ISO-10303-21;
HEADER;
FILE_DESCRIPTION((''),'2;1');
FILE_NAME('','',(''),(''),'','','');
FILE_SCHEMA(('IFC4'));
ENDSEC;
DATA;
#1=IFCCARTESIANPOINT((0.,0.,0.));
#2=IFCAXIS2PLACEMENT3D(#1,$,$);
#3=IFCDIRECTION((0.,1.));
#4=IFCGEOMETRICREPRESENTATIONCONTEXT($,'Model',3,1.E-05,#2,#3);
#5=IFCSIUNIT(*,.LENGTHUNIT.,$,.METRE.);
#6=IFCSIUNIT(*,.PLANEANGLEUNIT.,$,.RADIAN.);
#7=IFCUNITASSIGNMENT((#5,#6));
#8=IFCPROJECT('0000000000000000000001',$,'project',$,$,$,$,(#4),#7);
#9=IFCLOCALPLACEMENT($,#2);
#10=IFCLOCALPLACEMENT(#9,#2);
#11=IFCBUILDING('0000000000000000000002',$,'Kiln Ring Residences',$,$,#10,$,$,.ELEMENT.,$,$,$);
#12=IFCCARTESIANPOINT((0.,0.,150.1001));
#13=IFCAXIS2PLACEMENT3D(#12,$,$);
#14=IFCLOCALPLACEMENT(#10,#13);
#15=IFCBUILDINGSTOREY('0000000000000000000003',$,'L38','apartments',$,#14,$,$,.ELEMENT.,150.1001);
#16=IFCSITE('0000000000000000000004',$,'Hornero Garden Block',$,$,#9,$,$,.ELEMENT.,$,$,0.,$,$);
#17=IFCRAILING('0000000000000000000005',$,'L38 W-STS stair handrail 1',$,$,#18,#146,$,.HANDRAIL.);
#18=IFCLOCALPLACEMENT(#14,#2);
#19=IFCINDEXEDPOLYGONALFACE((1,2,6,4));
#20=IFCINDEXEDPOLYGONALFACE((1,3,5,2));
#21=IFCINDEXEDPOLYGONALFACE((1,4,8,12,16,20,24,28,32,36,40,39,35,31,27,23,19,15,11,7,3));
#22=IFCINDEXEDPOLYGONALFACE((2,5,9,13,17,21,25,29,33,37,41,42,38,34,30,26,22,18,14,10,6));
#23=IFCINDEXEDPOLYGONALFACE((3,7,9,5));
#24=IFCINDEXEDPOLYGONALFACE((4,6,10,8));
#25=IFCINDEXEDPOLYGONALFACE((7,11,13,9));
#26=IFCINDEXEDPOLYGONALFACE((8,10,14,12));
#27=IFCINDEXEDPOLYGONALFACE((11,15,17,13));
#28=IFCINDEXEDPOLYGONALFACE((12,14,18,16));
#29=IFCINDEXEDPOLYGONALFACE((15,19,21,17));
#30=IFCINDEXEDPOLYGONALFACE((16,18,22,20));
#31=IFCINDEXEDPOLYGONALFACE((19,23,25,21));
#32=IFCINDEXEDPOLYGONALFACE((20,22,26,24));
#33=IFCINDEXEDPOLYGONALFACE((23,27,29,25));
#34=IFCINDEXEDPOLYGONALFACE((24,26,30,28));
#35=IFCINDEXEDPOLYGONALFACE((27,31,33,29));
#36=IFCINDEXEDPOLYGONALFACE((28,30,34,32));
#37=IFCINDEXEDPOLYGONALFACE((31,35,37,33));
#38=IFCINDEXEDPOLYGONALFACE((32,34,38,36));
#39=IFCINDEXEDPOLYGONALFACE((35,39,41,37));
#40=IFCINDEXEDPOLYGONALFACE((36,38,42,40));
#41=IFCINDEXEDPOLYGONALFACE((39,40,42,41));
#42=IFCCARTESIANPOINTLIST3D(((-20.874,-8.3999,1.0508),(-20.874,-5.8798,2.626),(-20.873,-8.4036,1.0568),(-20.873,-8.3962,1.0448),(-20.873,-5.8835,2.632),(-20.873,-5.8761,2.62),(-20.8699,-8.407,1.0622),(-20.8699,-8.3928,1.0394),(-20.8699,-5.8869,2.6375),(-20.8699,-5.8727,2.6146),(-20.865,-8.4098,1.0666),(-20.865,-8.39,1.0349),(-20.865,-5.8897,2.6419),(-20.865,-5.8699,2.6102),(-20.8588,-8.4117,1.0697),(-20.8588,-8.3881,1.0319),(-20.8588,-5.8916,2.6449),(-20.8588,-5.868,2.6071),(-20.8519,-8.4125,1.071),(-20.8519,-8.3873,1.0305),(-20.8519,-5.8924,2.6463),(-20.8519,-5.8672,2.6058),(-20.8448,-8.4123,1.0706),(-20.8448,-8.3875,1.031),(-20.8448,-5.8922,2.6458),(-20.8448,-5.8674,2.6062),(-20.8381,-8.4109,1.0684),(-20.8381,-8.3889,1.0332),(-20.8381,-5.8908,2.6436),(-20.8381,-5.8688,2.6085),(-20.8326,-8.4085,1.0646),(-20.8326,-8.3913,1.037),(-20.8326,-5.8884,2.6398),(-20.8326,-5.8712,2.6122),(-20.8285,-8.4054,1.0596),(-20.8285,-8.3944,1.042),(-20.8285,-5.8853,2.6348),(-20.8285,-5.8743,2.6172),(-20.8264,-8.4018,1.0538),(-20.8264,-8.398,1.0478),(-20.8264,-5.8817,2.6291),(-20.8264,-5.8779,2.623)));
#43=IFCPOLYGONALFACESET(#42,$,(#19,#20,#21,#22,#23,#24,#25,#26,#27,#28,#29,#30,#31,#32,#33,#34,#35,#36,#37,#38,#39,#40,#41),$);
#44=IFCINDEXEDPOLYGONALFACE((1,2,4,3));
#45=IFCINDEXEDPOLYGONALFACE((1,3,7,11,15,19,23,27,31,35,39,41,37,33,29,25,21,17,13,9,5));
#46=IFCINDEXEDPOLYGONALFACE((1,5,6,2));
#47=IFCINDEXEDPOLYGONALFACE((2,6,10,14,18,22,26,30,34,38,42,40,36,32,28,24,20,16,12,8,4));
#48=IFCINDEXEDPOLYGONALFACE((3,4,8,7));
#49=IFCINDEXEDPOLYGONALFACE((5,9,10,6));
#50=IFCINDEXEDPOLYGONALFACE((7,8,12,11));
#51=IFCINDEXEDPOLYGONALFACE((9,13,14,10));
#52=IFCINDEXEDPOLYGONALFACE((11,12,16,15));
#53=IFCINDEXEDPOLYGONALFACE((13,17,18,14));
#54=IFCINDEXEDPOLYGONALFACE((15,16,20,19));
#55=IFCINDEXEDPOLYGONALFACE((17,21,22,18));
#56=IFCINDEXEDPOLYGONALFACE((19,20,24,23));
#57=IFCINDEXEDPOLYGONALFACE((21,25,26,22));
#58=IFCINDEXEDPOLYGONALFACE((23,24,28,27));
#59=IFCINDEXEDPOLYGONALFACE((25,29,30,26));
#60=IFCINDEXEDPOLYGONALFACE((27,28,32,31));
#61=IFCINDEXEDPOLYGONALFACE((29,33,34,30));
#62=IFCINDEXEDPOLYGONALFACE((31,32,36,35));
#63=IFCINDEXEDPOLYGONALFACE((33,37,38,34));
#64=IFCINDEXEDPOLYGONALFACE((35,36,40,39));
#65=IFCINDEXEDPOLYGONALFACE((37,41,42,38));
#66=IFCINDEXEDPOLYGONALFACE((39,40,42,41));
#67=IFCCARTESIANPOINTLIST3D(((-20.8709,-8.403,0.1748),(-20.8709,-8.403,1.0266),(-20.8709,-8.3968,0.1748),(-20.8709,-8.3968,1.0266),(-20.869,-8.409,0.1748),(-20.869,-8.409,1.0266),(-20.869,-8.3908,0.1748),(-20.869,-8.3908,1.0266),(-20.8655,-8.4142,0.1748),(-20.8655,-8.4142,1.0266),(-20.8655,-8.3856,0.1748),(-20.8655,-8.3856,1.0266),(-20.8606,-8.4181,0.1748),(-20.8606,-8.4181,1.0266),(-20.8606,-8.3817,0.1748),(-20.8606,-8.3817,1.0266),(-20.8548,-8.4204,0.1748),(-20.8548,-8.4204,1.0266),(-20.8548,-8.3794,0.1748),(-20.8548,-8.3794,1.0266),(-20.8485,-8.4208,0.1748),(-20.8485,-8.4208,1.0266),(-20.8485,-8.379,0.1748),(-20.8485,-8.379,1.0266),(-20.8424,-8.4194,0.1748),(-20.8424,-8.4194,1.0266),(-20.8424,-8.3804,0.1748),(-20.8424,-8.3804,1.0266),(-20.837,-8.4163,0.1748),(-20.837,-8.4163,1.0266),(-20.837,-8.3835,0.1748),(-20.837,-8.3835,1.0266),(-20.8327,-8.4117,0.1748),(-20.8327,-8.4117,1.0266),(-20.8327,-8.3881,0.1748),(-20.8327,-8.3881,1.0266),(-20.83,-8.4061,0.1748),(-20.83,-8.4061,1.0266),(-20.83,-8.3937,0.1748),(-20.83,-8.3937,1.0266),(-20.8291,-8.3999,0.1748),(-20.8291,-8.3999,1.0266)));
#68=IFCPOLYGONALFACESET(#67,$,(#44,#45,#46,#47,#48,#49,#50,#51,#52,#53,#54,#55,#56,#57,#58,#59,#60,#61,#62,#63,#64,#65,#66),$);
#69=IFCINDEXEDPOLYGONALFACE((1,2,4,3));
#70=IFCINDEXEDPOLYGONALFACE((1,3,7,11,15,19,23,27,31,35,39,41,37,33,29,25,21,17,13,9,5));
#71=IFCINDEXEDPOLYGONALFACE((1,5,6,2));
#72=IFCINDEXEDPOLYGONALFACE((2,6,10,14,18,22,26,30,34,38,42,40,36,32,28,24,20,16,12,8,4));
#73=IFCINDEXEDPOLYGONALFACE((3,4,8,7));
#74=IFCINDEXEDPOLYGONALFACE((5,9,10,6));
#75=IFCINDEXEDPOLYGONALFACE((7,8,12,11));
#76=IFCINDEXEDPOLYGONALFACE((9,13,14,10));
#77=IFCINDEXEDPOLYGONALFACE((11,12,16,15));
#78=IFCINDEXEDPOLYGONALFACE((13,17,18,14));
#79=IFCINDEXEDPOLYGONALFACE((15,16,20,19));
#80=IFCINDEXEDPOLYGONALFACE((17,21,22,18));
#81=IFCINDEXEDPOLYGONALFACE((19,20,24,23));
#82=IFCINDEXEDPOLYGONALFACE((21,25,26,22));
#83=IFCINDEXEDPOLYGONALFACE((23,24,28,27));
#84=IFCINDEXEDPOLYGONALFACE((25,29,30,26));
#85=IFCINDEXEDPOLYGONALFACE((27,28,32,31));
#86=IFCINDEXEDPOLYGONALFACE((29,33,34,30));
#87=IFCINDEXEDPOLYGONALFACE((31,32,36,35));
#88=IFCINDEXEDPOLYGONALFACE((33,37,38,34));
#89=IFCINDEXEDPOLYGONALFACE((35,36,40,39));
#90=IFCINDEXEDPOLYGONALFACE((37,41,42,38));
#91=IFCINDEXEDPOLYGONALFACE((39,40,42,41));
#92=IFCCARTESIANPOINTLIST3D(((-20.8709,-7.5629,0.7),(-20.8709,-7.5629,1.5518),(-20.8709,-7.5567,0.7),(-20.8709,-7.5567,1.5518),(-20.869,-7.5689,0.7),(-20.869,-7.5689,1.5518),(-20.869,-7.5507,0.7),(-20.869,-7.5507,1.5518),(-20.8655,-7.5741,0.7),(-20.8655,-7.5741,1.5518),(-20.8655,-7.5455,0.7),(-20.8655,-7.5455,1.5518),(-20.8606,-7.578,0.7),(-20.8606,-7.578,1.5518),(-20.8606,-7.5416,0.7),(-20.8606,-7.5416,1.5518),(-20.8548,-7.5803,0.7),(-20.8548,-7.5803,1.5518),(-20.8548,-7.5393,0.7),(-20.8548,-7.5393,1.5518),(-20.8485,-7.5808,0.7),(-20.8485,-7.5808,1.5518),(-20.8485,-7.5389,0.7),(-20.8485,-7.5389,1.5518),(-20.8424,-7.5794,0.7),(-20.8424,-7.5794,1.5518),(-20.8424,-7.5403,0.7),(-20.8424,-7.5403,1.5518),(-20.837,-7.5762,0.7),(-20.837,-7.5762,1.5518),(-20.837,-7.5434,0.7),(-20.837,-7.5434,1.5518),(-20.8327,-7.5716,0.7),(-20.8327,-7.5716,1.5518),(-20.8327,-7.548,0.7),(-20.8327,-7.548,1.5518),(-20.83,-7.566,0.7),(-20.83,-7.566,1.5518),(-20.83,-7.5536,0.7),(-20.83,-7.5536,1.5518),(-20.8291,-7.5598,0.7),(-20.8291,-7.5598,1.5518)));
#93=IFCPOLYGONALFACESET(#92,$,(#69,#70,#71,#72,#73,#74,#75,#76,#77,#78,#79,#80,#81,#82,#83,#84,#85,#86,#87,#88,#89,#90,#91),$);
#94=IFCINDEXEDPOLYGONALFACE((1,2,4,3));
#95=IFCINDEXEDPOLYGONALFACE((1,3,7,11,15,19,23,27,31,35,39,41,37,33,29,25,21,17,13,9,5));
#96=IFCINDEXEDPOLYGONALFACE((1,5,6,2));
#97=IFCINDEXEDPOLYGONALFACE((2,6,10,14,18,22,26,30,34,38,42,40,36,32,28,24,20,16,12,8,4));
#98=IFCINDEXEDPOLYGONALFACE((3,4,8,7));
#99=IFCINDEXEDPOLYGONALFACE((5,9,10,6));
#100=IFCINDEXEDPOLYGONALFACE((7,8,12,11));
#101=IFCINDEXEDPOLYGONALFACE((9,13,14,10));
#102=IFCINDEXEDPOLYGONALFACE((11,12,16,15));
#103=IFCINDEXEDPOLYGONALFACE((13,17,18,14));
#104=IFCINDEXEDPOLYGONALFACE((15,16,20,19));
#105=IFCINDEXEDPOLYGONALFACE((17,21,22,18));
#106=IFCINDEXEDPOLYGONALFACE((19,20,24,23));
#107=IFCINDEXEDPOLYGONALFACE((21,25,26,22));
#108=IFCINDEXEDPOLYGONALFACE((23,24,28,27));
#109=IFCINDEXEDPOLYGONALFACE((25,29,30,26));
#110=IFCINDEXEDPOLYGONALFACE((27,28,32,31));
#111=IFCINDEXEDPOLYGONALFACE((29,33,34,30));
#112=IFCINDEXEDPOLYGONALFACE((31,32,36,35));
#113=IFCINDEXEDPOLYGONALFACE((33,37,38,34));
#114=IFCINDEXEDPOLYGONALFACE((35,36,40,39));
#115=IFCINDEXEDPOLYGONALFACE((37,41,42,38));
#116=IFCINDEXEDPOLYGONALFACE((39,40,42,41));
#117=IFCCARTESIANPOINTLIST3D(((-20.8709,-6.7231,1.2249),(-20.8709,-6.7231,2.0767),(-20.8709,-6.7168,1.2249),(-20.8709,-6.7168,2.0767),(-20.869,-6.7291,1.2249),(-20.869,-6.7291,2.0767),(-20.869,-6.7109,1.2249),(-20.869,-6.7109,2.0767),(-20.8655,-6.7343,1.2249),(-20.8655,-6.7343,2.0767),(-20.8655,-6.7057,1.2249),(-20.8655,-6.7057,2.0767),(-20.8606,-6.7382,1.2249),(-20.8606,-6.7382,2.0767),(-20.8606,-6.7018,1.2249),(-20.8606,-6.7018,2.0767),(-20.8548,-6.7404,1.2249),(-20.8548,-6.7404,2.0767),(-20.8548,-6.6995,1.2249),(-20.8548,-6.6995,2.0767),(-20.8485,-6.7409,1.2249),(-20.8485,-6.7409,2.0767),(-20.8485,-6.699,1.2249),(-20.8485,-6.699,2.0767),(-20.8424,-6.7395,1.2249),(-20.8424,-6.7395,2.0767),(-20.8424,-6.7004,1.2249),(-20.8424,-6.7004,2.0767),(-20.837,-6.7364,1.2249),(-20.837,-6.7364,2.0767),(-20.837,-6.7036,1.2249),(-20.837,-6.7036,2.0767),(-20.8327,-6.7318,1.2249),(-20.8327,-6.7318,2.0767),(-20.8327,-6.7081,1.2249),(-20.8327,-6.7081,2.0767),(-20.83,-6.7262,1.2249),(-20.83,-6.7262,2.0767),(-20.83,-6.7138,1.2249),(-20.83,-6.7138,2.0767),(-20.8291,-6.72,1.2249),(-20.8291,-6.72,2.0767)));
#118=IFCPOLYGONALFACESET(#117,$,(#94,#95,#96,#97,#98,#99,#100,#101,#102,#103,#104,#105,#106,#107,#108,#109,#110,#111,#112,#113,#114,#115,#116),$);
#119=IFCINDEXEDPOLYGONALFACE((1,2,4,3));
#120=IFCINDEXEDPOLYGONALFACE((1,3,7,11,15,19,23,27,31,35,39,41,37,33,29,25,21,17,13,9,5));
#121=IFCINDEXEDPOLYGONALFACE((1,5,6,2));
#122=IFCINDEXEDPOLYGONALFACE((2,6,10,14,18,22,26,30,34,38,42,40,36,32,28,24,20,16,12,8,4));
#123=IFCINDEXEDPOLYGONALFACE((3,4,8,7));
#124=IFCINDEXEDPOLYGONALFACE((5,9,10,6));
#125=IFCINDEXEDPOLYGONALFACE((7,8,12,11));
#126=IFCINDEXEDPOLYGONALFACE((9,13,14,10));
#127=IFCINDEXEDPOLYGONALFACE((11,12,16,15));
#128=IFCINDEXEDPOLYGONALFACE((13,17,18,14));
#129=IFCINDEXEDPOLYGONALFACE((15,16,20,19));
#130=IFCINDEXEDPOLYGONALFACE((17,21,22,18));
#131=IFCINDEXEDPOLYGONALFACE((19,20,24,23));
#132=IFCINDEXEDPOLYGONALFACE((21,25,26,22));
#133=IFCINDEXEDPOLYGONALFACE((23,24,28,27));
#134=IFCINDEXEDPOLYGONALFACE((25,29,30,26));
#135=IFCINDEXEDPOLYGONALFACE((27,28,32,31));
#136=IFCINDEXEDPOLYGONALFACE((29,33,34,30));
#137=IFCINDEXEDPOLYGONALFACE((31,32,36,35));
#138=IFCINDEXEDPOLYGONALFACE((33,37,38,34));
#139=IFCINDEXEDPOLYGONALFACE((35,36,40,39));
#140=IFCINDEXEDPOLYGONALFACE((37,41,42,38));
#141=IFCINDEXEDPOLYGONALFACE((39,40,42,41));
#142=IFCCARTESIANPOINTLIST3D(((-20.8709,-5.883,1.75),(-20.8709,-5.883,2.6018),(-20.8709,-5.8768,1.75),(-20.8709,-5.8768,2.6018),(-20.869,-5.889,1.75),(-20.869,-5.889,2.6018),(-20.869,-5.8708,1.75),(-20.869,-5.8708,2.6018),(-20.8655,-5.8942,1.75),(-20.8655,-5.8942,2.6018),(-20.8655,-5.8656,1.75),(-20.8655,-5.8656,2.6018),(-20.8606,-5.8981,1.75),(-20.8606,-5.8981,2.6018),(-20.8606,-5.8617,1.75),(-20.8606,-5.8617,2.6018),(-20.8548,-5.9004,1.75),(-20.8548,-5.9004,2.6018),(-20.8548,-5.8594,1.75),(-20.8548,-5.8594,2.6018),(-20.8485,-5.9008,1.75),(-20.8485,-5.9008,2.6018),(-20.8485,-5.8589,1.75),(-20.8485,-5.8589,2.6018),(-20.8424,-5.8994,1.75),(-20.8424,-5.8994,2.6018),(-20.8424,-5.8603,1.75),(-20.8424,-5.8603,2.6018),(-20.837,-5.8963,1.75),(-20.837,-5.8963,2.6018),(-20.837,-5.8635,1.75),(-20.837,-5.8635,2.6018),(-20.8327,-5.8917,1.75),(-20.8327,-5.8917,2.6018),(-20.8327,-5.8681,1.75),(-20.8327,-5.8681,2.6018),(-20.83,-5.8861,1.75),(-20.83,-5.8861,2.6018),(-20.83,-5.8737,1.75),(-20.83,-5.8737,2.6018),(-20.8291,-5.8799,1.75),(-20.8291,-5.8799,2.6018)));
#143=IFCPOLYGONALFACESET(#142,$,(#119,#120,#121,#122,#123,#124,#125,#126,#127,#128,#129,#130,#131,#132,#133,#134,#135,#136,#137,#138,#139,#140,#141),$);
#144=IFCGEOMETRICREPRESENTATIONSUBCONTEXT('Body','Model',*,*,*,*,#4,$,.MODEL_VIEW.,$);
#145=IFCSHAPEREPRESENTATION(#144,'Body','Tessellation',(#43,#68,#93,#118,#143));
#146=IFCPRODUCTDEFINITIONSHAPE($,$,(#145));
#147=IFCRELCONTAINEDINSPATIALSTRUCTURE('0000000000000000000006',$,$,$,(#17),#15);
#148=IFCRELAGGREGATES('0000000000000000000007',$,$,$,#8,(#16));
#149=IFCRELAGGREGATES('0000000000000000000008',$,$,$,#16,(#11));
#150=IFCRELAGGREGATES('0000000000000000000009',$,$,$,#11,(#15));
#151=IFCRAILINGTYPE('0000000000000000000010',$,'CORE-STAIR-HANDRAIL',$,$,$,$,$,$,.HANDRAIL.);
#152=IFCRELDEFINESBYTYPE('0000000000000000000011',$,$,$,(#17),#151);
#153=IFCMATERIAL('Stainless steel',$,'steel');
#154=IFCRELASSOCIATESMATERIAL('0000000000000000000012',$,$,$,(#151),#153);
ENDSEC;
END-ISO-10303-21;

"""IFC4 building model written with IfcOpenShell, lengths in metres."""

from ifc_helpers import new_model, si_unit, direction, frame, origin, origin_2d, place, context, subcontext, project, spatial, circle, extrude, material, type_object, element, save


model = new_model("IFC4")

# Units and contexts
model_context = context("Model", 3, precision=1e-05, world=origin(), true_north=direction((0.0, 1.0)))
body_context = subcontext(model_context, "Body", "Model", "MODEL_VIEW")
ifc_project = project(units=[si_unit("LENGTHUNIT", "METRE"), si_unit("PLANEANGLEUNIT", "RADIAN")], contexts=[model_context])

# Site, building, storey
site_placement = place(None, origin())
site = spatial("IfcSite", under=ifc_project, at=site_placement, Name="Hornero Garden Block", CompositionType="ELEMENT", RefElevation=0.0)
building_placement = place(site_placement, origin())
building = spatial("IfcBuilding", under=site, at=building_placement, Name="Kiln Ring Residences", CompositionType="ELEMENT")
storey_placement = place(building_placement, frame((0.0, 0.0, 150.1001)))
storey = spatial("IfcBuildingStorey", under=building, at=storey_placement, Name="L38", Description="apartments", CompositionType="ELEMENT", Elevation=150.1001)

# Railing
ifc_material_1 = material(Name="Stainless steel", Category="steel")
railing_type_1 = type_object("IfcRailingType", Name="CORE-STAIR-HANDRAIL", PredefinedType="HANDRAIL", material=ifc_material_1)
railing_1_placement = place(storey_placement, frame((-20.8501, -8.3999, 0.1748)))
element("IfcRailing", 1, at=railing_1_placement, inside=storey, type_object=railing_type_1, Name="L38 W-STS stair handrail 1", PredefinedType="HANDRAIL", context=body_context, shape_type="SweptSolid", body=[
    extrude(circle(Radius=0.0239, at=origin_2d()), frame((0.0, 0.0, 0.876), z_axis=(0.0, 0.847971, 0.530043), x_axis=(-1.0, 0.0, 0.0)), (0.0, 0.0, 1.0), 2.9719),
    extrude(circle(Radius=0.021, at=origin_2d()), origin(), (0.0, 0.0, 1.0), 0.8518),
    extrude(circle(Radius=0.021, at=origin_2d()), frame((0.0, 0.8401, 0.5251)), (0.0, 0.0, 1.0), 0.8518),
    extrude(circle(Radius=0.021, at=origin_2d()), frame((0.0, 1.6799, 1.05)), (0.0, 0.0, 1.0), 0.8518),
    extrude(circle(Radius=0.021, at=origin_2d()), frame((0.0, 2.52, 1.5752)), (0.0, 0.0, 1.0), 0.8518),
])

save(model, "model.ifc")
